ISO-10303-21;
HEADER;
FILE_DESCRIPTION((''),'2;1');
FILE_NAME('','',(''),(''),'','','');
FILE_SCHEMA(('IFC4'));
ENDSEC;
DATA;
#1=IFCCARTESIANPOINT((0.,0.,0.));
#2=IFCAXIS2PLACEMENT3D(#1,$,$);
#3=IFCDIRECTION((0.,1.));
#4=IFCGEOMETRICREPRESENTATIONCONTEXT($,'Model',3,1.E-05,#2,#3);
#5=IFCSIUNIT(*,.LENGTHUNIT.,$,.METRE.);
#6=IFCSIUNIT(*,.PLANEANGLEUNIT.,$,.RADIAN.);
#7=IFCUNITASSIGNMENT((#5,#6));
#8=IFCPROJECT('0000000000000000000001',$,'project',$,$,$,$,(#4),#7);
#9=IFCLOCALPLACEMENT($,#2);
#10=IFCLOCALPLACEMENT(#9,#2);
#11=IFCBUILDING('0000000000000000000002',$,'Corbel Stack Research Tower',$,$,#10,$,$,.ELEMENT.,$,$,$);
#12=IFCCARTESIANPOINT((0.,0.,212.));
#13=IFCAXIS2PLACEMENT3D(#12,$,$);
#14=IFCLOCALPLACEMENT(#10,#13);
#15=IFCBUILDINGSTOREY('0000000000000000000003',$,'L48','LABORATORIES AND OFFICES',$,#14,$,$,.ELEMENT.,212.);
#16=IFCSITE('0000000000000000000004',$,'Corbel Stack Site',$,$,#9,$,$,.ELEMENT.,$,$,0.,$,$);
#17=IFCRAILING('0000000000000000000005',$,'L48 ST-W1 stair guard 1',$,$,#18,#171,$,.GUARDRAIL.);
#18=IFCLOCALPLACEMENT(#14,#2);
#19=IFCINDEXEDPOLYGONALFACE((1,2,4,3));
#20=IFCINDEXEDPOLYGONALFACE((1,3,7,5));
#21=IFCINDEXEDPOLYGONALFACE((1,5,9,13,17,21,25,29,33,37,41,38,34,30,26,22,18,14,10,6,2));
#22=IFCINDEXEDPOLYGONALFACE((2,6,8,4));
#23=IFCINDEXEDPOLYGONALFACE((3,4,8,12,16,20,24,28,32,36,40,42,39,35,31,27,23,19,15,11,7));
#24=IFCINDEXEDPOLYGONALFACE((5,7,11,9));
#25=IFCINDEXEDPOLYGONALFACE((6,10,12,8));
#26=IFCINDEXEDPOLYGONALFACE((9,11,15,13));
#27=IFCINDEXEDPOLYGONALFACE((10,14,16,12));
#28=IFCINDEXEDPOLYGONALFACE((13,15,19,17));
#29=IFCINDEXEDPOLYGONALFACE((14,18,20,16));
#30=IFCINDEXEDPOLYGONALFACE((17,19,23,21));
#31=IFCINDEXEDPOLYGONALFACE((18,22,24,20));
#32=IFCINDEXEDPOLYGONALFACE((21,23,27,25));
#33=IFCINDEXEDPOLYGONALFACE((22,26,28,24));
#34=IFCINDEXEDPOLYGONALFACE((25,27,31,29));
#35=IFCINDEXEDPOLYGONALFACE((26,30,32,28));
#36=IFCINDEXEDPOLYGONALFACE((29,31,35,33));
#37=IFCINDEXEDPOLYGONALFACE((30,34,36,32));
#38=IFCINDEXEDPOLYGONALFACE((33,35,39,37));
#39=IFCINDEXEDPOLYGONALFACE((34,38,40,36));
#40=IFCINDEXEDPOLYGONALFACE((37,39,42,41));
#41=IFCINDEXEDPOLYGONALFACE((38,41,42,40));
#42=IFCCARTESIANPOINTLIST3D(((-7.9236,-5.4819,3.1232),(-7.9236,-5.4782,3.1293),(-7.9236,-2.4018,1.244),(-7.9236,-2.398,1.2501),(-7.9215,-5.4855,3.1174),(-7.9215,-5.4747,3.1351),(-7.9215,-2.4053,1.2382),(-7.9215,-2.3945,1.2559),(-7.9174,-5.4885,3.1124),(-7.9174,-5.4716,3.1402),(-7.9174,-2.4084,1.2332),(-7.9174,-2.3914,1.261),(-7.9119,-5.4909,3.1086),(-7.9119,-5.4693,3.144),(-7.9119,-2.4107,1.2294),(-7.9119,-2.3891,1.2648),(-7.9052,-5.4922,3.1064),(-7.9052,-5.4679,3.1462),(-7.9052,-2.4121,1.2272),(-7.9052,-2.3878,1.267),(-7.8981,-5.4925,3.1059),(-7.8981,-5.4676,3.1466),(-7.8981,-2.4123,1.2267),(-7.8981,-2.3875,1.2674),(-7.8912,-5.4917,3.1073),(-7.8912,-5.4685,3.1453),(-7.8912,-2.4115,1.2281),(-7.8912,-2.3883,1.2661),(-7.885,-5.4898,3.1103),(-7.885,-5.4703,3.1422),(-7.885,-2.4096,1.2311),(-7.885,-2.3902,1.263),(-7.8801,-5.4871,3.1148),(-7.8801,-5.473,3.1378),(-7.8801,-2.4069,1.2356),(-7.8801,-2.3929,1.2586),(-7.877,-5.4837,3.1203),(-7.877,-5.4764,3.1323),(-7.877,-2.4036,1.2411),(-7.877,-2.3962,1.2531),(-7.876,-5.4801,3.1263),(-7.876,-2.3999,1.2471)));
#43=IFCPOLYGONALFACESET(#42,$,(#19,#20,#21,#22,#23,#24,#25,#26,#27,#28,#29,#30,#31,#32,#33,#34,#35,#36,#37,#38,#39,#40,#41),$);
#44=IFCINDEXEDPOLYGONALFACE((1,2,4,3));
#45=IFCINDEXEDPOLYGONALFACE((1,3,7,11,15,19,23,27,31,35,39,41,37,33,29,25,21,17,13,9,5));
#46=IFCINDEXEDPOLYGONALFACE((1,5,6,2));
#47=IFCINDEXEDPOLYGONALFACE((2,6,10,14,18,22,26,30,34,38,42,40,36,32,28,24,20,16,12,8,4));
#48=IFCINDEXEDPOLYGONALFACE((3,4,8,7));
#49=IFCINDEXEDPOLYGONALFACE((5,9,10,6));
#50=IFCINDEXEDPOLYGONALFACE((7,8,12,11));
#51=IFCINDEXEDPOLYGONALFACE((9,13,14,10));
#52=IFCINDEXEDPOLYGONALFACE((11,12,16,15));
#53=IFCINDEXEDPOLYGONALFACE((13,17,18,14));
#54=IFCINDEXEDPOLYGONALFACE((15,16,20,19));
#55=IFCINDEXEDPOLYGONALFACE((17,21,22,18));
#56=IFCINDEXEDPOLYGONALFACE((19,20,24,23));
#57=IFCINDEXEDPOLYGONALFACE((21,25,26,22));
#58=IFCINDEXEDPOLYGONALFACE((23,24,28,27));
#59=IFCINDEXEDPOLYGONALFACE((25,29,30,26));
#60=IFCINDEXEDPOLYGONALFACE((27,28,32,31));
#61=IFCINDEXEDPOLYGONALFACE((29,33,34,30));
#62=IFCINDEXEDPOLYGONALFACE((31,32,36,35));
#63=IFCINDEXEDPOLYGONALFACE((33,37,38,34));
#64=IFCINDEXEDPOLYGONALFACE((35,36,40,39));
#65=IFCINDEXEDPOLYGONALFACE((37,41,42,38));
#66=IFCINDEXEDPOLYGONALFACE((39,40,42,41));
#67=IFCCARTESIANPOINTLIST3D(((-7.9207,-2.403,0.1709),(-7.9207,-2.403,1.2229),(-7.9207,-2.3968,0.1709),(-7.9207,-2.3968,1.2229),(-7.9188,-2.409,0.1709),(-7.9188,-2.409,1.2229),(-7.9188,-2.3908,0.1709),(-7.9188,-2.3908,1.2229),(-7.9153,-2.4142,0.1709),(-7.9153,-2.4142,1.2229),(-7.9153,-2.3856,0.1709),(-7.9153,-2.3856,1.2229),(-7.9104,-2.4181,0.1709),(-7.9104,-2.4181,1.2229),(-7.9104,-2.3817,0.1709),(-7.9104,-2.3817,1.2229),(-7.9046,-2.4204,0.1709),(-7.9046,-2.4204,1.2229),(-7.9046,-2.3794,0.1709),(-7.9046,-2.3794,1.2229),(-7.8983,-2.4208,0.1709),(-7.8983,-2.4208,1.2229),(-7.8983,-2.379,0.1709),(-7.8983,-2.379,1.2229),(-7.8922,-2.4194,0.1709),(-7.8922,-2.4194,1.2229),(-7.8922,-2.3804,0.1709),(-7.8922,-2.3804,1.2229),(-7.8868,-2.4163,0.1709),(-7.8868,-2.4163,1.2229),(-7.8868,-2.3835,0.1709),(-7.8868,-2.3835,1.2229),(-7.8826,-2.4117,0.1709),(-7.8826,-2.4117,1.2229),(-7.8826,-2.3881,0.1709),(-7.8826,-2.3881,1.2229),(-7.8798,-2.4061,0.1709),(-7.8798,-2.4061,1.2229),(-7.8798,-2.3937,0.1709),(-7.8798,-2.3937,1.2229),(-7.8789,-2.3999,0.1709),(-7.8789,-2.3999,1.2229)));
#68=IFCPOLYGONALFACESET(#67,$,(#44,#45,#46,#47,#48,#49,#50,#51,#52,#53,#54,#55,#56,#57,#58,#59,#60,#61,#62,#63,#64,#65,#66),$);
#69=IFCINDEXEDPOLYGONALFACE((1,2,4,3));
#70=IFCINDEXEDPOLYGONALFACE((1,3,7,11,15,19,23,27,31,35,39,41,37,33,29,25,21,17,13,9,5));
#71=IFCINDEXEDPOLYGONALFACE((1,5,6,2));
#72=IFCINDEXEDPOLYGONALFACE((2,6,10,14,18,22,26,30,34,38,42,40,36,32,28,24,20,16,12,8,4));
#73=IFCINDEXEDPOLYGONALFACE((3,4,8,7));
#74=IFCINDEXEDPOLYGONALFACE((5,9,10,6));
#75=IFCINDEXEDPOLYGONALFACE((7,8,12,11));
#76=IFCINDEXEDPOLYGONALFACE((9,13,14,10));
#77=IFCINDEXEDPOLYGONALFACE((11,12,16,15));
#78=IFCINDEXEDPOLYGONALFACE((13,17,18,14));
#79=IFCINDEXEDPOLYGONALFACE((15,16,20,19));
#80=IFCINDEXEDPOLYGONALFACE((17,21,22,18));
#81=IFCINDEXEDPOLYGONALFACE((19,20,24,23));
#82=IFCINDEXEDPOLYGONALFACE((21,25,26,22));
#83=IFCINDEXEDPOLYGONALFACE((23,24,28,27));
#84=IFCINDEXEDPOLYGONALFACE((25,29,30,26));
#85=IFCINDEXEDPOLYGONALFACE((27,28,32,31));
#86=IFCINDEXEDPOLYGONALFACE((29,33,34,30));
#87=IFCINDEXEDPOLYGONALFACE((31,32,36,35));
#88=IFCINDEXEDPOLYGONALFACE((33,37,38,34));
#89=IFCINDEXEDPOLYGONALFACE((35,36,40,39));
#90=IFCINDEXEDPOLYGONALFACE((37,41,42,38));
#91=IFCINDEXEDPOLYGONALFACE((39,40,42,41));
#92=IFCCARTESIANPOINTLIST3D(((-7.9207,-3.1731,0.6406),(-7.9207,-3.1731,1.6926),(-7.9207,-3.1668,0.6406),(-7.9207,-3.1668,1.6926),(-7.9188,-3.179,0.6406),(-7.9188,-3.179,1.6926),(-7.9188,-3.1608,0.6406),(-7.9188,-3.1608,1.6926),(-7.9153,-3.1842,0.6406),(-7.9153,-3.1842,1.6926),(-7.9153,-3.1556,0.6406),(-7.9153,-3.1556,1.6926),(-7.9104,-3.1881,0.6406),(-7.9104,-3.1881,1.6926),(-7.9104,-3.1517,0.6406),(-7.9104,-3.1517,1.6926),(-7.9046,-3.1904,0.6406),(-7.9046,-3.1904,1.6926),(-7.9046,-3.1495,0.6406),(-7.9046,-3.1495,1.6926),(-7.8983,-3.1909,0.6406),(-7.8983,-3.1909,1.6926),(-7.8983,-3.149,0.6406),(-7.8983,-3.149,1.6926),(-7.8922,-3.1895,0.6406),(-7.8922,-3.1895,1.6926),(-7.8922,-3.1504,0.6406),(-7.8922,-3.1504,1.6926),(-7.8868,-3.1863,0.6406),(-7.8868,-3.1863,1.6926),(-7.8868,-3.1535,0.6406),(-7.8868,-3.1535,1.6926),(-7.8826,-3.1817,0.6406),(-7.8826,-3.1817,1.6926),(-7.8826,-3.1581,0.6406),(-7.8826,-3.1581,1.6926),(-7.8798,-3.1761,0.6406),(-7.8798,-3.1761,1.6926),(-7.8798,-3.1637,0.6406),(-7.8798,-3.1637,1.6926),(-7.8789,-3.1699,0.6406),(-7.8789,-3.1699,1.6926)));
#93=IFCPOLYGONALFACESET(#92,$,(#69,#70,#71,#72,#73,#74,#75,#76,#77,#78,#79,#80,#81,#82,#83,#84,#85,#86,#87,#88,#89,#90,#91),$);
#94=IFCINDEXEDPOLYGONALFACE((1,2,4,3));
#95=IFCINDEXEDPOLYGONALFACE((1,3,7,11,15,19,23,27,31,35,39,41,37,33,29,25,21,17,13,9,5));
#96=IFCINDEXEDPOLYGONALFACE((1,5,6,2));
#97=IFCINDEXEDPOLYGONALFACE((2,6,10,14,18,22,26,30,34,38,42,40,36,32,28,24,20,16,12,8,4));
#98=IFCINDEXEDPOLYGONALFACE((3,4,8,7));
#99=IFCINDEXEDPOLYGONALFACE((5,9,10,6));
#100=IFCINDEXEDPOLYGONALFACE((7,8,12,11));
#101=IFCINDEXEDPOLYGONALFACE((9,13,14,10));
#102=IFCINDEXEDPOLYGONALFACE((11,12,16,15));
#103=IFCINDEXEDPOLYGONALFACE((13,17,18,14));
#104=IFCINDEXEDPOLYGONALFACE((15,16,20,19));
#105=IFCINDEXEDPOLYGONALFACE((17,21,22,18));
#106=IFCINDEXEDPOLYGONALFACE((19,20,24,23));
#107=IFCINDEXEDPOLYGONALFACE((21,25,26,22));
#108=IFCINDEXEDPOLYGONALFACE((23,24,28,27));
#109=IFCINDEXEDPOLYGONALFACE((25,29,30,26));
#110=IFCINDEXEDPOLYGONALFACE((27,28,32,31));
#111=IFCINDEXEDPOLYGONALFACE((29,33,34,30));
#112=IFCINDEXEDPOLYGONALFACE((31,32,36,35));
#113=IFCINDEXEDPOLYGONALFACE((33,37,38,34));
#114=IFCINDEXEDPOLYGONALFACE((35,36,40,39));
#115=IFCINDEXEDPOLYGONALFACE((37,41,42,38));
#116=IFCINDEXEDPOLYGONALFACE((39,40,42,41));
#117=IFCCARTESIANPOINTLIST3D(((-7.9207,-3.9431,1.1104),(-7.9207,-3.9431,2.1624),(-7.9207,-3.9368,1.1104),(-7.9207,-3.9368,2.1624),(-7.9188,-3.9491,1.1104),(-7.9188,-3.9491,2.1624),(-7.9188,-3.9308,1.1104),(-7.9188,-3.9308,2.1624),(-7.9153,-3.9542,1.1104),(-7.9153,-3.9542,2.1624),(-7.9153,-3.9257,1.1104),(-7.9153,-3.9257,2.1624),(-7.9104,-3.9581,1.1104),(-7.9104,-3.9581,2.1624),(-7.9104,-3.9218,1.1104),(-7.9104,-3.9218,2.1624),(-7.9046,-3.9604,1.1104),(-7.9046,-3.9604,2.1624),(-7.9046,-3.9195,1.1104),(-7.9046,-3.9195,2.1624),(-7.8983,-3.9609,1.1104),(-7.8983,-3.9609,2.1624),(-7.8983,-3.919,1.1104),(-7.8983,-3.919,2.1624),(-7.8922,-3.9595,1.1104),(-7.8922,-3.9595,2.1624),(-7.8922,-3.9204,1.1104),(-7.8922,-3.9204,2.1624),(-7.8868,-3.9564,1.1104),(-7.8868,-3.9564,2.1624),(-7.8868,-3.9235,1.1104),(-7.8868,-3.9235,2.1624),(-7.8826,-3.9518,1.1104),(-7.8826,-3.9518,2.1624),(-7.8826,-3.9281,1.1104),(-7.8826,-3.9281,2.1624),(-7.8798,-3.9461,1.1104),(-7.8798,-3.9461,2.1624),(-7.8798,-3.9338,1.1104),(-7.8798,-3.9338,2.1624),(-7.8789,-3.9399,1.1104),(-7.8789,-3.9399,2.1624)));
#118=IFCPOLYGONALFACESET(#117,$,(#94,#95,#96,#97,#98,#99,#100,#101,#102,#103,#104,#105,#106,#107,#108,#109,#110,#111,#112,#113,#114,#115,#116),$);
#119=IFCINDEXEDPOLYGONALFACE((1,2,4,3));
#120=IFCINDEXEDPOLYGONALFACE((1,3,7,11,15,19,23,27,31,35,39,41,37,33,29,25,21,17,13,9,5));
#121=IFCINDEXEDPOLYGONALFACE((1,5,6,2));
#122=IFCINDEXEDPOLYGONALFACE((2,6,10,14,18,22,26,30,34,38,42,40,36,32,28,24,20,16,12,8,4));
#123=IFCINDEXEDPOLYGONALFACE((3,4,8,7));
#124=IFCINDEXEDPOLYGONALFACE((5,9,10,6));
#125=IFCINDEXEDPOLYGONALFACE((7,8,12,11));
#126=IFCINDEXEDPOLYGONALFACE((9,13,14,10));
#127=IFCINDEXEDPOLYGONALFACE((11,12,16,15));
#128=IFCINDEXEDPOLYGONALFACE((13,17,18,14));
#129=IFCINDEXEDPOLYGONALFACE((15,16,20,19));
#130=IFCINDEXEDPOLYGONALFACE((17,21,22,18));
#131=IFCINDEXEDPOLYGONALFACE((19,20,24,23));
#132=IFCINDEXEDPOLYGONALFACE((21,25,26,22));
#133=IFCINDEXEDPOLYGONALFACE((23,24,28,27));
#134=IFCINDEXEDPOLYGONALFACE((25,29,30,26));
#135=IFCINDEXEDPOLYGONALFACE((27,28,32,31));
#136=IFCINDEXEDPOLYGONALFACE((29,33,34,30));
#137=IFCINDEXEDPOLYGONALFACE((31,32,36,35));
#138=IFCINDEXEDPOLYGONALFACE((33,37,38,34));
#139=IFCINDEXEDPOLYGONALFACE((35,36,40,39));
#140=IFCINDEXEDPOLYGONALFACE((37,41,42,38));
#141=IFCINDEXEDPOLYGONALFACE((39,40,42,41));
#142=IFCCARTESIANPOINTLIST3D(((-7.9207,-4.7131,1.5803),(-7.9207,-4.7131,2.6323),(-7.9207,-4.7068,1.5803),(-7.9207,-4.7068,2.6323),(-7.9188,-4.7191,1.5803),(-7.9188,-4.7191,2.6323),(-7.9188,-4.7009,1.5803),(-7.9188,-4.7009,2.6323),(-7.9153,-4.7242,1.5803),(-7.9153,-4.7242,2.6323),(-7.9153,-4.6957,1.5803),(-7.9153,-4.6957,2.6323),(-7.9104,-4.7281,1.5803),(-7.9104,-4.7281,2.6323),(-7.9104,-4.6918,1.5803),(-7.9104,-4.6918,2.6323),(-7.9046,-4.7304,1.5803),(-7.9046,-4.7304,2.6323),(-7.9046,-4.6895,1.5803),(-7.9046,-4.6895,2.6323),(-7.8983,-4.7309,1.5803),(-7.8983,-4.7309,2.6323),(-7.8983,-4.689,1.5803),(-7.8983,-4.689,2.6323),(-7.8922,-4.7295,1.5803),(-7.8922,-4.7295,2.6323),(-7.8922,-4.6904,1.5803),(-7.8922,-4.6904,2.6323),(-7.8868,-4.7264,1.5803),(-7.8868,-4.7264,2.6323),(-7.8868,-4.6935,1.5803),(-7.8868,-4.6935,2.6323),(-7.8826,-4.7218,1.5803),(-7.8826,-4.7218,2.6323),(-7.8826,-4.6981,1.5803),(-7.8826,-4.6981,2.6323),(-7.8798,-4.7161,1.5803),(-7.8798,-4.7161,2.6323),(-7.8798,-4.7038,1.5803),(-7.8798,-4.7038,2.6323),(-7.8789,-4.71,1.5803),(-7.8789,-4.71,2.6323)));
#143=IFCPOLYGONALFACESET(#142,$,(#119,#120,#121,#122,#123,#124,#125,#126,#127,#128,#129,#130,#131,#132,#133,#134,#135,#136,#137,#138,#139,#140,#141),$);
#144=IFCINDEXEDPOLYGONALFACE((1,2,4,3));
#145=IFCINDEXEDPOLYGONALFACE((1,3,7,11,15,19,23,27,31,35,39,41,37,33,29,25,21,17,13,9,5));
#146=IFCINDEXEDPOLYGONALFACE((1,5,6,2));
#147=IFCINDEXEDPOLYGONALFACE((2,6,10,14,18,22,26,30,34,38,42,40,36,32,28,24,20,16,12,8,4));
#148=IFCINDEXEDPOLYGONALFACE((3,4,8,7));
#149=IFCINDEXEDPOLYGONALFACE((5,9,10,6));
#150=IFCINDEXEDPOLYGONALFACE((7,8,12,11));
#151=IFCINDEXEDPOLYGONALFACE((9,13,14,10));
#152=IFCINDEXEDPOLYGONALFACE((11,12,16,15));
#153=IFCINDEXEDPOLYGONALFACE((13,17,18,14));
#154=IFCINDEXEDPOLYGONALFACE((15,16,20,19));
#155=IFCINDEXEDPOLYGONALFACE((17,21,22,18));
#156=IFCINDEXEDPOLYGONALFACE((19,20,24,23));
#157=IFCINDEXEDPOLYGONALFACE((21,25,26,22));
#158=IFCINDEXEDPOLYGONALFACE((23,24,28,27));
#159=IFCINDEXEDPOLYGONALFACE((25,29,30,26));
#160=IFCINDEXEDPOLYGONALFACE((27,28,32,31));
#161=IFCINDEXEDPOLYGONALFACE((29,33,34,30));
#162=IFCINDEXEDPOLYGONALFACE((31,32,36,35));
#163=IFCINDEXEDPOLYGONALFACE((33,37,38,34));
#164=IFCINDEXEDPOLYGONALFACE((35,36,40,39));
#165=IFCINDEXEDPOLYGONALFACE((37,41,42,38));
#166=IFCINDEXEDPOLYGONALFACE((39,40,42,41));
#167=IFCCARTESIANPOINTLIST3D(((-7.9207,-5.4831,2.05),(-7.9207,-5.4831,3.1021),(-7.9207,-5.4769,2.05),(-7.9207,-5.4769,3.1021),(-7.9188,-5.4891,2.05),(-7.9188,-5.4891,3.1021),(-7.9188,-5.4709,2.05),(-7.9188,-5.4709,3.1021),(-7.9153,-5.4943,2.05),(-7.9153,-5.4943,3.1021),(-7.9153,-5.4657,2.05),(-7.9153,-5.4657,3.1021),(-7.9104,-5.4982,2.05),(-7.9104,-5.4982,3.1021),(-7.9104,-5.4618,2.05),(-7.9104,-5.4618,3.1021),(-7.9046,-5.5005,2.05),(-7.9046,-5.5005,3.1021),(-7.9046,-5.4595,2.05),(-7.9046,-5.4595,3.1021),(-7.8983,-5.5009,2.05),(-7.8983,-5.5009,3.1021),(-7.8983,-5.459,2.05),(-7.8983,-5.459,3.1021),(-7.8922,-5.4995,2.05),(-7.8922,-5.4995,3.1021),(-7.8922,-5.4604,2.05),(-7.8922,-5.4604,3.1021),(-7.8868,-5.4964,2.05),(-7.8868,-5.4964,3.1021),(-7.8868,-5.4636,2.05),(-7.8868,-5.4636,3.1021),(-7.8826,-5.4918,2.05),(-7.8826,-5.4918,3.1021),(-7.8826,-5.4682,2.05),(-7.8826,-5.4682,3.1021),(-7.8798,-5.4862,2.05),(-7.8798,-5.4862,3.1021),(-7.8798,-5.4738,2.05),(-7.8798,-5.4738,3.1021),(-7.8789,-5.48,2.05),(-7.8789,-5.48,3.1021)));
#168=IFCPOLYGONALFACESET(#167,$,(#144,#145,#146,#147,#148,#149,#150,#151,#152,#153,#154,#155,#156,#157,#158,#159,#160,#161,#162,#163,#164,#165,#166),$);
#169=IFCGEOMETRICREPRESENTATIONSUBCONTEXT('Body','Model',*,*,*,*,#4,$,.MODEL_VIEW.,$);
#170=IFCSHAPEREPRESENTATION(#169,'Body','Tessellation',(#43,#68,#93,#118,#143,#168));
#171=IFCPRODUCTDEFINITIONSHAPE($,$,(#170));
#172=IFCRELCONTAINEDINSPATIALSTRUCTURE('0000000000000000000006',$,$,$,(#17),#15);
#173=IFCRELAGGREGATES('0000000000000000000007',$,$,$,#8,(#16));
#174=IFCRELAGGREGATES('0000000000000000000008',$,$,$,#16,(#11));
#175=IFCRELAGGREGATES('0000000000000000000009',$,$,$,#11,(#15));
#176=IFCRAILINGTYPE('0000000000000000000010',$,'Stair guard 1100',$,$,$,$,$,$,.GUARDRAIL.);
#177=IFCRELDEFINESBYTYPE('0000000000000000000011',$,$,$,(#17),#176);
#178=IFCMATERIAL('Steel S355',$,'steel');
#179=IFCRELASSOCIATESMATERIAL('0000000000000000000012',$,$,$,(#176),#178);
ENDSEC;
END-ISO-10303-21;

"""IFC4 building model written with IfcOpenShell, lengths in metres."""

from ifc_helpers import new_model, si_unit, direction, frame, origin, origin_2d, place, context, subcontext, project, spatial, circle, extrude, material, type_object, element, save


model = new_model("IFC4")

# Units and contexts
model_context = context("Model", 3, precision=1e-05, world=origin(), true_north=direction((0.0, 1.0)))
body_context = subcontext(model_context, "Body", "Model", "MODEL_VIEW")
ifc_project = project(units=[si_unit("LENGTHUNIT", "METRE"), si_unit("PLANEANGLEUNIT", "RADIAN")], contexts=[model_context])

# Site, building, storey
site_placement = place(None, origin())
site = spatial("IfcSite", under=ifc_project, at=site_placement, Name="Corbel Stack Site", CompositionType="ELEMENT", RefElevation=0.0)
building_placement = place(site_placement, origin())
building = spatial("IfcBuilding", under=site, at=building_placement, Name="Corbel Stack Research Tower", CompositionType="ELEMENT")
storey_placement = place(building_placement, frame((0.0, 0.0, 212.0)))
storey = spatial("IfcBuildingStorey", under=building, at=storey_placement, Name="L48", Description="LABORATORIES AND OFFICES", CompositionType="ELEMENT", Elevation=212.0)

# Railing
ifc_material_1 = material(Name="Steel S355", Category="steel")
railing_type_1 = type_object("IfcRailingType", Name="Stair guard 1100", PredefinedType="GUARDRAIL", material=ifc_material_1)
railing_1_placement = place(storey_placement, frame((-7.8999, -2.3999, 0.1709)))
element("IfcRailing", 1, at=railing_1_placement, inside=storey, type_object=railing_type_1, Name="L48 ST-W1 stair guard 1", PredefinedType="GUARDRAIL", context=body_context, shape_type="SweptSolid", body=[
    extrude(circle(Radius=0.0239, at=origin_2d()), frame((0.0, 0.0, 1.0762), z_axis=(0.0, -0.853666, 0.52082), x_axis=(1.0, 0.0, 0.0)), (0.0, 0.0, 1.0), 3.6082),
    extrude(circle(Radius=0.021, at=origin_2d()), origin(), (0.0, 0.0, 1.0), 1.052),
    extrude(circle(Radius=0.021, at=origin_2d()), frame((0.0, -0.77, 0.4697)), (0.0, 0.0, 1.0), 1.052),
    extrude(circle(Radius=0.021, at=origin_2d()), frame((0.0, -1.54, 0.9395)), (0.0, 0.0, 1.0), 1.052),
    extrude(circle(Radius=0.021, at=origin_2d()), frame((0.0, -2.3101, 1.4094)), (0.0, 0.0, 1.0), 1.052),
    extrude(circle(Radius=0.021, at=origin_2d()), frame((0.0, -3.0801, 1.8792)), (0.0, 0.0, 1.0), 1.052),
])

save(model, "model.ifc")
